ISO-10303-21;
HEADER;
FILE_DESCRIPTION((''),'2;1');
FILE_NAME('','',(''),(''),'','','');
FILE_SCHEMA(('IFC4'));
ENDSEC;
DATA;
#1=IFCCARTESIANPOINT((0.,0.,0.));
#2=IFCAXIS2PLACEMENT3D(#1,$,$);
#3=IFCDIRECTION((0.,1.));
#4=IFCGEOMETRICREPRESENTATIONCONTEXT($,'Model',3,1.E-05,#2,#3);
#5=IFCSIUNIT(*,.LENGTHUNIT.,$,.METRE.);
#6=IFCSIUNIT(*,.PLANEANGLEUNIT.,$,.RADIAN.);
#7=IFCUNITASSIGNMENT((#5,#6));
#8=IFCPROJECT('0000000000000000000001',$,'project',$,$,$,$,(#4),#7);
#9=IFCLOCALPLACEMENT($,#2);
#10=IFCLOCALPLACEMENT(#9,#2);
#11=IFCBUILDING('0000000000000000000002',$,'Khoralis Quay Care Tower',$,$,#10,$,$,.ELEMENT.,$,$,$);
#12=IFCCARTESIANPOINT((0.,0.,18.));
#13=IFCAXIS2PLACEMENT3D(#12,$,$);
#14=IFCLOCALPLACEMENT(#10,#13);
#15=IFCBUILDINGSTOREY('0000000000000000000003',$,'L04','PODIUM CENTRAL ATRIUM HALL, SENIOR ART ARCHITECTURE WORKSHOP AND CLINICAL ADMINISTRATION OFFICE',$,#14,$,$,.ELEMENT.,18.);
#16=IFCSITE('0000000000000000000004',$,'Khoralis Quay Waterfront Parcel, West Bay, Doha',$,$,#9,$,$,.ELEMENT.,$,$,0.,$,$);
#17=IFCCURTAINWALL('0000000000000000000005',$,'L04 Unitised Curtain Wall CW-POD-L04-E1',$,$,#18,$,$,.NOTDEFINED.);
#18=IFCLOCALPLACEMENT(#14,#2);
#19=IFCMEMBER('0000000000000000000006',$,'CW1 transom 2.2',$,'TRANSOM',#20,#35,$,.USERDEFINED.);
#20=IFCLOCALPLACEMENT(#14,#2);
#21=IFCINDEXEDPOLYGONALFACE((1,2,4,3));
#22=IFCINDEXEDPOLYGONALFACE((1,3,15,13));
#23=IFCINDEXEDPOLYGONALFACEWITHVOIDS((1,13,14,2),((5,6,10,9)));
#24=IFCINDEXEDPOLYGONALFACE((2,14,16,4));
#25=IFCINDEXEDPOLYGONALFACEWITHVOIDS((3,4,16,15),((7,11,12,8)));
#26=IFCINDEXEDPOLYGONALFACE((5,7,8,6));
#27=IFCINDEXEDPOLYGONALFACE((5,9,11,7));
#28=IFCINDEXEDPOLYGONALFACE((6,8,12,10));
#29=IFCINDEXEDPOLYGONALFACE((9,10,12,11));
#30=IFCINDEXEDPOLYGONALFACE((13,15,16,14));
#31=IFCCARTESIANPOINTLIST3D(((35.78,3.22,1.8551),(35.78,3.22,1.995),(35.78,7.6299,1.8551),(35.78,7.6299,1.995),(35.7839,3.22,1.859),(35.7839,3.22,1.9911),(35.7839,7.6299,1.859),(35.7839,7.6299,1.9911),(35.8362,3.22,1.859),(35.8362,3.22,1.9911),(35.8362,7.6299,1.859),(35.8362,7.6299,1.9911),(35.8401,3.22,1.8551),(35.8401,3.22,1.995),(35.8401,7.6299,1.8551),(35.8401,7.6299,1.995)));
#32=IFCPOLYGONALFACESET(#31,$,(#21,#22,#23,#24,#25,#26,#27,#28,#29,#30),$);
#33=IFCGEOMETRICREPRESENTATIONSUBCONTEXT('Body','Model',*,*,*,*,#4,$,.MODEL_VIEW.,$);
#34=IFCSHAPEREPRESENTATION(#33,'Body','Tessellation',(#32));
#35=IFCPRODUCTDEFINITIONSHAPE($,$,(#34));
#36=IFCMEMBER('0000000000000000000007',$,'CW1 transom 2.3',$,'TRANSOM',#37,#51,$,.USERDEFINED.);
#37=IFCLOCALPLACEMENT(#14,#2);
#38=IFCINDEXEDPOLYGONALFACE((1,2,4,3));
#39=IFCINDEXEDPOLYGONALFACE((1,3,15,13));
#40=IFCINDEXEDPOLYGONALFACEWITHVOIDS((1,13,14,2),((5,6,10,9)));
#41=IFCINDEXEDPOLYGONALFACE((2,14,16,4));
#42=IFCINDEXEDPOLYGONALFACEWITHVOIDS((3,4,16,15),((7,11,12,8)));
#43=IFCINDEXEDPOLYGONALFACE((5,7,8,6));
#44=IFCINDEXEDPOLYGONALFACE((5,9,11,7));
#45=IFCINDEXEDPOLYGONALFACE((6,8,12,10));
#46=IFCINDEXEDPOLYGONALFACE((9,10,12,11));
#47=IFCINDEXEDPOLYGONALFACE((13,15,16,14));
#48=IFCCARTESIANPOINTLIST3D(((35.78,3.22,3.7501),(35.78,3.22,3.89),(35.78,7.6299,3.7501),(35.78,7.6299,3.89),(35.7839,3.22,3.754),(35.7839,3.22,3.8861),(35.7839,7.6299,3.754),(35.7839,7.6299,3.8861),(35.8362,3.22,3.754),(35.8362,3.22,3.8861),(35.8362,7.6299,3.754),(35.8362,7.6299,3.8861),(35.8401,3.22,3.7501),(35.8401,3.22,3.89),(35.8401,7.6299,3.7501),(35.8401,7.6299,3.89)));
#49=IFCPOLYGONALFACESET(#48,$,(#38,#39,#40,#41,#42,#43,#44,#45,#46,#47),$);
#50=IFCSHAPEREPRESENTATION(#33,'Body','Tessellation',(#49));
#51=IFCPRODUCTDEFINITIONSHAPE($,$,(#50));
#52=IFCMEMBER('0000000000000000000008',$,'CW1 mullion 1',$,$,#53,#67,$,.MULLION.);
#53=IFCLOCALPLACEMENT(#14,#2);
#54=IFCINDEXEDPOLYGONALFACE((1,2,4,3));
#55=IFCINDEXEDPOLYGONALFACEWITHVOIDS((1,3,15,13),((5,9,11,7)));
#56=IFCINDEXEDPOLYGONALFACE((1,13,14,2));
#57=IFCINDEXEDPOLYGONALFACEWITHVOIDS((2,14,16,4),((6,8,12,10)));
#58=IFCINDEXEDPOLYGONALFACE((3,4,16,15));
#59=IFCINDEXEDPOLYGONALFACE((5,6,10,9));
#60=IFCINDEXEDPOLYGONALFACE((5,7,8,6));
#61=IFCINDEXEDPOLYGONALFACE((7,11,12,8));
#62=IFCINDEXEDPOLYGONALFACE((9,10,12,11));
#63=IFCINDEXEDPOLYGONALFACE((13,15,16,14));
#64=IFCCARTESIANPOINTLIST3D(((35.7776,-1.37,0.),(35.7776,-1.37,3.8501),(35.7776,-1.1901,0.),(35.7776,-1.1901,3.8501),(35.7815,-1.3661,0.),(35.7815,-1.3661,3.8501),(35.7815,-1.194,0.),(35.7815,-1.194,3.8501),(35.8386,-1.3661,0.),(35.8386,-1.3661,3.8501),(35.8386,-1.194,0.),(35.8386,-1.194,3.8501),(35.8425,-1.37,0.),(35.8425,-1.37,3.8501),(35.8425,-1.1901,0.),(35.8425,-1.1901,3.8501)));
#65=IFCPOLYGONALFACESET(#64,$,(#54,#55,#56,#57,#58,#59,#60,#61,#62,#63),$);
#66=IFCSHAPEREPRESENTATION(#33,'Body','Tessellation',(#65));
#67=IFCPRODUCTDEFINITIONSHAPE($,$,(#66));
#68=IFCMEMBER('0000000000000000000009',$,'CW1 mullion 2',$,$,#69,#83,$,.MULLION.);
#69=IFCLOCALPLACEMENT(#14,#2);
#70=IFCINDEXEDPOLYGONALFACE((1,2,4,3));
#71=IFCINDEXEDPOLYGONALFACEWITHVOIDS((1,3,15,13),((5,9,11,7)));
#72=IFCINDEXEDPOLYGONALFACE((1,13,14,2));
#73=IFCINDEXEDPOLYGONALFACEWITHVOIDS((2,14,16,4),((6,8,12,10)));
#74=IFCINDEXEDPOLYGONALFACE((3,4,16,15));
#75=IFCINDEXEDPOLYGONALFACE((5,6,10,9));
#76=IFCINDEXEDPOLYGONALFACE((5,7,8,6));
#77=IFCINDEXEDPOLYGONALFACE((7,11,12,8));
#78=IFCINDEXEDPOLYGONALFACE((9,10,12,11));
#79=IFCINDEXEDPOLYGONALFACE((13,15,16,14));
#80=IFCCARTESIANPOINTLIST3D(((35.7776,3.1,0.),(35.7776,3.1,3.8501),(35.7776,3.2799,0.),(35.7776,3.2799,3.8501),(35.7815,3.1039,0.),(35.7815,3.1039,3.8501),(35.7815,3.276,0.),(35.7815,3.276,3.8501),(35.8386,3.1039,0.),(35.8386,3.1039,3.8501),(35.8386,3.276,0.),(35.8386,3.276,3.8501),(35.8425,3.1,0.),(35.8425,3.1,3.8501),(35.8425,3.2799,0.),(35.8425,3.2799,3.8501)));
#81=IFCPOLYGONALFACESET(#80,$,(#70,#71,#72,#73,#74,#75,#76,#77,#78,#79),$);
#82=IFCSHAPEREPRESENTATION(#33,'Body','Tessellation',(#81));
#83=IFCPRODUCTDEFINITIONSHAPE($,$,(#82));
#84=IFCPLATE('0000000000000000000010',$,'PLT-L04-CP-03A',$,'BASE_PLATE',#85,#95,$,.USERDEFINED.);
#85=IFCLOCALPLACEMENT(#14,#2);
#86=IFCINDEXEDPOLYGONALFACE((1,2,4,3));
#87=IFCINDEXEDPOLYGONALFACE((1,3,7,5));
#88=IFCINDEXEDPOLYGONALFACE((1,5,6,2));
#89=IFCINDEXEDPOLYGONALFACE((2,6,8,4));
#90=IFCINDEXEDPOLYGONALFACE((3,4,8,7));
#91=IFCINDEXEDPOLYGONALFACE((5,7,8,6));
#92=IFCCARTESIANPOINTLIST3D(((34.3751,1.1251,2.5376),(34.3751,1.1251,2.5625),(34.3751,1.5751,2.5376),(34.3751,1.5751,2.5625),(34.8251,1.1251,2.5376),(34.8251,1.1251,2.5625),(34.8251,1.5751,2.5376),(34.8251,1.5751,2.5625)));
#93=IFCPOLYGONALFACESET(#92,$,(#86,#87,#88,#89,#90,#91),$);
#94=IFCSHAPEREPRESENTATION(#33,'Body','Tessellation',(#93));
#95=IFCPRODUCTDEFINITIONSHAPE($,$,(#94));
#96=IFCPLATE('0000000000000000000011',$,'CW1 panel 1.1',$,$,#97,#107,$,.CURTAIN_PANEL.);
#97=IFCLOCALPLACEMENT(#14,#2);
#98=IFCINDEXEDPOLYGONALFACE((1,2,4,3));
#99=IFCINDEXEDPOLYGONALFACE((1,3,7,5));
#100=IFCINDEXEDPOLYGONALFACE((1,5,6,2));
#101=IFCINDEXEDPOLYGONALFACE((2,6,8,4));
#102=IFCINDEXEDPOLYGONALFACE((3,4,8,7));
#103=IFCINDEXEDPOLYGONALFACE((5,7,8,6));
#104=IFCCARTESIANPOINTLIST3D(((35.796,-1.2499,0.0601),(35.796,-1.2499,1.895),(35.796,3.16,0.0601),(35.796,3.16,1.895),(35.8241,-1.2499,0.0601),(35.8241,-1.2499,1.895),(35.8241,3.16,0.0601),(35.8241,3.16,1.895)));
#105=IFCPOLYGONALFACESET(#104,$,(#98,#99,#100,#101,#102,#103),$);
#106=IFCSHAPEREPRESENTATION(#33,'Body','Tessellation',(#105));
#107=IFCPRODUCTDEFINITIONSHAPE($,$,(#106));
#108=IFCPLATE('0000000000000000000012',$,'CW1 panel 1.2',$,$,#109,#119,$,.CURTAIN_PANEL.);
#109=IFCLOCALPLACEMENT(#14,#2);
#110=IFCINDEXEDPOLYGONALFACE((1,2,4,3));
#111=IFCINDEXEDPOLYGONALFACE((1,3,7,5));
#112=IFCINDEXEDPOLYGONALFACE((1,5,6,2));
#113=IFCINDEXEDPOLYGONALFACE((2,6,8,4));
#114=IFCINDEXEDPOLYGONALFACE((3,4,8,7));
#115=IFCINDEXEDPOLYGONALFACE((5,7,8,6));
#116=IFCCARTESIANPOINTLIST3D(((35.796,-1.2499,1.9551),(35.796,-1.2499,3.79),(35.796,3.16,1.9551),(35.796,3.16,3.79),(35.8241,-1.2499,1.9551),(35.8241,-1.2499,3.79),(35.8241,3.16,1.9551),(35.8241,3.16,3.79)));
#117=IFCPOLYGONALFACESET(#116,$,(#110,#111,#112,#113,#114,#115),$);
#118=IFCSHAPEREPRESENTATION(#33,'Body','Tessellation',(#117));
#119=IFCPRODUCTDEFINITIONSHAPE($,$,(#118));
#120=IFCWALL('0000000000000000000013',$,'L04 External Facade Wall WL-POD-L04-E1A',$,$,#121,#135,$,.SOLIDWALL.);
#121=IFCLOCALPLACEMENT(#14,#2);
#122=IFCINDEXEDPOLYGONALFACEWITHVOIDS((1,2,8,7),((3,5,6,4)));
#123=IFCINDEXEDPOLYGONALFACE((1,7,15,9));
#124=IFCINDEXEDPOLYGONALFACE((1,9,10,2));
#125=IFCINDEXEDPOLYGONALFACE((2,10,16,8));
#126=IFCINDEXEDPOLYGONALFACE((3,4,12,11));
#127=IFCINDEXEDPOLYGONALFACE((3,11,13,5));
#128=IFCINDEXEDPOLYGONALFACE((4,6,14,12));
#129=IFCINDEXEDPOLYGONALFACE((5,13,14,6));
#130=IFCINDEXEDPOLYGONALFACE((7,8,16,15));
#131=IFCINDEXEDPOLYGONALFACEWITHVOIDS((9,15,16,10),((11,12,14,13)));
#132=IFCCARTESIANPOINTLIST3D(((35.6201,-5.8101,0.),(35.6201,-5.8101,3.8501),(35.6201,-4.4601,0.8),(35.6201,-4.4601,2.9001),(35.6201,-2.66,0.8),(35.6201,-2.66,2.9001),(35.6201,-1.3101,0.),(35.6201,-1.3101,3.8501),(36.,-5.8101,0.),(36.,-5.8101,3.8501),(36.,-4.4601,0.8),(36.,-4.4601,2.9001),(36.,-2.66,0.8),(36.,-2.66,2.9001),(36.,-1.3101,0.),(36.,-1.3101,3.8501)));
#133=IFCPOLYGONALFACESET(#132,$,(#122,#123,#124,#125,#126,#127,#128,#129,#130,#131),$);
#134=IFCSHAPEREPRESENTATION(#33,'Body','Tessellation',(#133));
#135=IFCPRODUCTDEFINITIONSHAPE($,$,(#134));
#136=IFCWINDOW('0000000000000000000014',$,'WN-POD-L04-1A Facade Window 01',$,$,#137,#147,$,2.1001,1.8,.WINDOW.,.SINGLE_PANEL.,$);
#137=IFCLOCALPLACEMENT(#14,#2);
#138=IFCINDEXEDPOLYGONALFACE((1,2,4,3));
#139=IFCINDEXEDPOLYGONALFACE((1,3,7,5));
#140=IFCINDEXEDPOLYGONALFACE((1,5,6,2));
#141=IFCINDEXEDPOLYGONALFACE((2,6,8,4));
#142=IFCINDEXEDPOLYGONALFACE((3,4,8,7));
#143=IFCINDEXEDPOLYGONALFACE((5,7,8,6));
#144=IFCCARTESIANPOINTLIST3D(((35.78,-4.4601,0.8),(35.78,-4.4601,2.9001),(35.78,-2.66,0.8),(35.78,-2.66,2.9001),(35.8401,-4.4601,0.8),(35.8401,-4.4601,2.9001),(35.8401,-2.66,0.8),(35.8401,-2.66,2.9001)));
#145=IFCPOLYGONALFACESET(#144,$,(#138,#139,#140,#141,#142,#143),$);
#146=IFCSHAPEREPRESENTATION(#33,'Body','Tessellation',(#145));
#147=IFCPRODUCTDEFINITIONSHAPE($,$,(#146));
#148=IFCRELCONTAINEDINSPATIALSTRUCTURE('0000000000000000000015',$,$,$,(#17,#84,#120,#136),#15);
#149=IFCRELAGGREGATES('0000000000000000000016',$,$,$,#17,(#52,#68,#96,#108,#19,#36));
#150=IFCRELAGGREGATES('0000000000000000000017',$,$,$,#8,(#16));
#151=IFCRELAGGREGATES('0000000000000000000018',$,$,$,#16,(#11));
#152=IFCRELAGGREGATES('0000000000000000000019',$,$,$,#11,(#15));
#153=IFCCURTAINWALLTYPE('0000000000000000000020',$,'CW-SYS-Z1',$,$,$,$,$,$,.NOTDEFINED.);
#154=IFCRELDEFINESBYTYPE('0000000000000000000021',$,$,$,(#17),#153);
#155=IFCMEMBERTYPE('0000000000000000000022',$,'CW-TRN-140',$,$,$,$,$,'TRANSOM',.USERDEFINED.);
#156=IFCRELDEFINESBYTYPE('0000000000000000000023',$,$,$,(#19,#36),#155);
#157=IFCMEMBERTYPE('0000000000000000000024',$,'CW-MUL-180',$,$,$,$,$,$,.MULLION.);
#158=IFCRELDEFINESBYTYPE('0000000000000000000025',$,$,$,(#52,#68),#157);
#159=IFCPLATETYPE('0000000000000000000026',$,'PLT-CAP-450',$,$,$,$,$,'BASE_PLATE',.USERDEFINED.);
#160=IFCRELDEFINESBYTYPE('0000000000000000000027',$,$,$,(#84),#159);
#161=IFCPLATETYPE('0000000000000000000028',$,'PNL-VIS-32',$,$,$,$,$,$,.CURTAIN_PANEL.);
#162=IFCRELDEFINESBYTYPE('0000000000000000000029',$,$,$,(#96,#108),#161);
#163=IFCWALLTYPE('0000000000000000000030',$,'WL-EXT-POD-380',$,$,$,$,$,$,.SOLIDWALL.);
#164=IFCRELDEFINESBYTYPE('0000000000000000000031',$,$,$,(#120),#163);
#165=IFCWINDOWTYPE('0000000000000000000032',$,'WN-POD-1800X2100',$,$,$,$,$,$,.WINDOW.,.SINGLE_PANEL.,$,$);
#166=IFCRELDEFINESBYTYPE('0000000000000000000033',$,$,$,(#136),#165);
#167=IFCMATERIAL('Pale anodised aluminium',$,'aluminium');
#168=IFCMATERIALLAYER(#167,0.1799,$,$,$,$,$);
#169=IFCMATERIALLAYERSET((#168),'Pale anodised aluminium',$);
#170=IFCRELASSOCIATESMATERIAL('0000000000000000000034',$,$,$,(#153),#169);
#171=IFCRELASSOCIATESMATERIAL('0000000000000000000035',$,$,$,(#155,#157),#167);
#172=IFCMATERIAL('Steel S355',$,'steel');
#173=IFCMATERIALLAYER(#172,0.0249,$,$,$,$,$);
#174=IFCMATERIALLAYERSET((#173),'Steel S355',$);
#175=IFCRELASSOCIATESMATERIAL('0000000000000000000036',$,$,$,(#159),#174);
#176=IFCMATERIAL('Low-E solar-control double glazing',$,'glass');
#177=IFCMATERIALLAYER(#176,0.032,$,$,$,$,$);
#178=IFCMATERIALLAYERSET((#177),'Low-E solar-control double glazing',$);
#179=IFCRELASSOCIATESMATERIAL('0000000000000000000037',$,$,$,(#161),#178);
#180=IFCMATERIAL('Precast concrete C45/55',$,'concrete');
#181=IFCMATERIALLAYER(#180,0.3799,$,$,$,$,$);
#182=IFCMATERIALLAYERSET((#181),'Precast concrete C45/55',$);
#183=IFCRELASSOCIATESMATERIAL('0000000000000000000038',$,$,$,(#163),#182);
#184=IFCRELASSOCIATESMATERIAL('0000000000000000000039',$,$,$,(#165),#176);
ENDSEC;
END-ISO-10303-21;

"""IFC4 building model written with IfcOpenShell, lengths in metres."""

from ifc_helpers import new_model, si_unit, direction, frame, frame_2d, origin, origin_2d, place, context, subcontext, project, spatial, rectangle, hollow_rectangle, extrude, source, transform, mapped, material, layer, layer_set, material_profile, profile_set, type_object, element, fill, aggregate, save


model = new_model("IFC4")

# Units and contexts
model_context = context("Model", 3, precision=1e-05, world=origin(), true_north=direction((0.0, 1.0)))
body_context = subcontext(model_context, "Body", "Model", "MODEL_VIEW")
ifc_project = project(units=[si_unit("LENGTHUNIT", "METRE"), si_unit("PLANEANGLEUNIT", "RADIAN")], contexts=[model_context])

# Site, building, storey
site_placement = place(None, origin())
site = spatial("IfcSite", under=ifc_project, at=site_placement, Name="Khoralis Quay Waterfront Parcel, West Bay, Doha", CompositionType="ELEMENT", RefElevation=0.0)
building_placement = place(site_placement, origin())
building = spatial("IfcBuilding", under=site, at=building_placement, Name="Khoralis Quay Care Tower", CompositionType="ELEMENT")
storey_placement = place(building_placement, frame((0.0, 0.0, 18.0)))
storey = spatial("IfcBuildingStorey", under=building, at=storey_placement, Name="L04", Description="PODIUM CENTRAL ATRIUM HALL, SENIOR ART ARCHITECTURE WORKSHOP AND CLINICAL ADMINISTRATION OFFICE", CompositionType="ELEMENT", Elevation=18.0)

# Curtain wall, members
ifc_material_1 = material(Name="Pale anodised aluminium", Category="aluminium")
ifc_layer_1 = layer(ifc_material_1, 0.1799)
ifc_layer_set_1 = layer_set([ifc_layer_1], Name="Pale anodised aluminium")
curtain_wall_type = type_object("IfcCurtainWallType", Name="CW-SYS-Z1", PredefinedType="NOTDEFINED", material=ifc_layer_set_1)
curtain_wall_placement = place(storey_placement, origin())
curtain_wall = element("IfcCurtainWall", 1, at=curtain_wall_placement, inside=storey, type_object=curtain_wall_type, Name="L04 Unitised Curtain Wall CW-POD-L04-E1", PredefinedType="NOTDEFINED")
ifc_material_profile_1 = material_profile(ifc_material_1, hollow_rectangle(XDim=0.0601, YDim=0.1399, WallThickness=0.0039, at=origin_2d()), Name="Pale anodised aluminium")
ifc_profile_set_1 = profile_set([ifc_material_profile_1], Name="Pale anodised aluminium")
member_type_1 = type_object("IfcMemberType", Name="CW-TRN-140", ElementType="TRANSOM", PredefinedType="USERDEFINED", material=ifc_profile_set_1)
shared_shape_1 = source(origin(), body_context, "Body", "SweptSolid", [
    extrude(hollow_rectangle(XDim=0.0601, YDim=0.1399, WallThickness=0.0039, at=origin_2d()), origin(), (0.0, 0.0, 1.0), 4.4099),
])
member_1_placement = place(storey_placement, frame((35.8101, 3.22, 1.925), z_axis=(0.0, 1.0, 0.0), x_axis=(-1.0, 0.0, 0.0)))
member_1 = element("IfcMember", 2, at=member_1_placement, type_object=member_type_1, Name="CW1 transom 2.2", ObjectType="TRANSOM", PredefinedType="USERDEFINED", context=body_context, shape_type="MappedRepresentation", body=[
    mapped(shared_shape_1, transform((0.0, 0.0, 0.0), scale=1.0)),
])
member_2_placement = place(storey_placement, frame((35.8101, 3.22, 3.8201), z_axis=(0.0, 1.0, 0.0), x_axis=(-1.0, 0.0, 0.0)))
member_2 = element("IfcMember", 3, at=member_2_placement, type_object=member_type_1, Name="CW1 transom 2.3", ObjectType="TRANSOM", PredefinedType="USERDEFINED", context=body_context, shape_type="MappedRepresentation", body=[
    mapped(shared_shape_1, transform((0.0, 0.0, 0.0), scale=1.0)),
])
ifc_material_profile_2 = material_profile(ifc_material_1, hollow_rectangle(XDim=0.0649, YDim=0.1799, WallThickness=0.0039, at=origin_2d()), Name="Pale anodised aluminium")
ifc_profile_set_2 = profile_set([ifc_material_profile_2], Name="Pale anodised aluminium")
member_type_2 = type_object("IfcMemberType", Name="CW-MUL-180", PredefinedType="MULLION", material=ifc_profile_set_2)
shared_shape_2 = source(origin(), body_context, "Body", "SweptSolid", [
    extrude(hollow_rectangle(XDim=0.0649, YDim=0.1799, WallThickness=0.0039, at=origin_2d()), origin(), (0.0, 0.0, 1.0), 3.8501),
])
member_3_placement = place(storey_placement, frame((35.8101, -1.28, 0.0), z_axis=(0.0, 0.0, 1.0), x_axis=(-1.0, 0.0, 0.0)))
member_3 = element("IfcMember", 4, at=member_3_placement, type_object=member_type_2, Name="CW1 mullion 1", PredefinedType="MULLION", context=body_context, shape_type="MappedRepresentation", body=[
    mapped(shared_shape_2, transform((0.0, 0.0, 0.0), scale=1.0)),
])
member_4_placement = place(storey_placement, frame((35.8101, 3.1899, 0.0), z_axis=(0.0, 0.0, 1.0), x_axis=(-1.0, 0.0, 0.0)))
member_4 = element("IfcMember", 5, at=member_4_placement, type_object=member_type_2, Name="CW1 mullion 2", PredefinedType="MULLION", context=body_context, shape_type="MappedRepresentation", body=[
    mapped(shared_shape_2, transform((0.0, 0.0, 0.0), scale=1.0)),
])

# Plates
ifc_material_2 = material(Name="Steel S355", Category="steel")
ifc_layer_2 = layer(ifc_material_2, 0.0249)
ifc_layer_set_2 = layer_set([ifc_layer_2], Name="Steel S355")
plate_type_1 = type_object("IfcPlateType", Name="PLT-CAP-450", ElementType="BASE_PLATE", PredefinedType="USERDEFINED", material=ifc_layer_set_2)
shared_shape_3 = source(origin(), body_context, "Body", "SweptSolid", [
    extrude(rectangle(XDim=0.45, YDim=0.45, at=origin_2d()), origin(), (0.0, 0.0, 1.0), 0.0249),
])
plate_1_placement = place(storey_placement, frame((34.6001, 1.3501, 2.5376), z_axis=(0.0, 0.0, 1.0), x_axis=(1.0, 0.0, 0.0)))
element("IfcPlate", 6, at=plate_1_placement, inside=storey, type_object=plate_type_1, Name="PLT-L04-CP-03A", ObjectType="BASE_PLATE", PredefinedType="USERDEFINED", context=body_context, shape_type="MappedRepresentation", body=[
    mapped(shared_shape_3, transform((0.0, 0.0, 0.0), scale=1.0)),
])
ifc_material_3 = material(Name="Low-E solar-control double glazing", Category="glass")
ifc_layer_3 = layer(ifc_material_3, 0.032)
ifc_layer_set_3 = layer_set([ifc_layer_3], Name="Low-E solar-control double glazing")
plate_type_2 = type_object("IfcPlateType", Name="PNL-VIS-32", PredefinedType="CURTAIN_PANEL", material=ifc_layer_set_3)
shared_shape_4 = source(origin(), body_context, "Body", "SweptSolid", [
    extrude(rectangle(XDim=4.4099, YDim=0.0281, at=origin_2d()), origin(), (0.0, 0.0, 1.0), 1.835),
])
plate_2_placement = place(storey_placement, frame((35.8101, 0.9551, 0.0601), z_axis=(0.0, 0.0, 1.0), x_axis=(0.0, 1.0, 0.0)))
plate_2 = element("IfcPlate", 7, at=plate_2_placement, type_object=plate_type_2, Name="CW1 panel 1.1", PredefinedType="CURTAIN_PANEL", context=body_context, shape_type="MappedRepresentation", body=[
    mapped(shared_shape_4, transform((0.0, 0.0, 0.0), scale=1.0)),
])
plate_3_placement = place(storey_placement, frame((35.8101, 0.9551, 1.9551), z_axis=(0.0, 0.0, 1.0), x_axis=(0.0, 1.0, 0.0)))
plate_3 = element("IfcPlate", 8, at=plate_3_placement, type_object=plate_type_2, Name="CW1 panel 1.2", PredefinedType="CURTAIN_PANEL", context=body_context, shape_type="MappedRepresentation", body=[
    mapped(shared_shape_4, transform((0.0, 0.0, 0.0), scale=1.0)),
])
aggregate(curtain_wall, [member_3, member_4, plate_2, plate_3, member_1, member_2])

# Wall, opening, window
ifc_material_4 = material(Name="Precast concrete C45/55", Category="concrete")
ifc_layer_4 = layer(ifc_material_4, 0.3799)
ifc_layer_set_4 = layer_set([ifc_layer_4], Name="Precast concrete C45/55")
wall_type = type_object("IfcWallType", Name="WL-EXT-POD-380", PredefinedType="SOLIDWALL", material=ifc_layer_set_4)
wall_placement = place(storey_placement, frame((35.8101, -5.8101, 0.0), z_axis=(0.0, 0.0, 1.0), x_axis=(0.0, 1.0, 0.0)))
wall = element("IfcWall", 9, at=wall_placement, inside=storey, type_object=wall_type, Name="L04 External Facade Wall WL-POD-L04-E1A", PredefinedType="SOLIDWALL", context=body_context, shape_type="SweptSolid", body=[
    extrude(rectangle(XDim=4.5, YDim=0.3799, at=frame_2d((2.25, 0.0))), origin(), (0.0, 0.0, 1.0), 3.8501),
])
opening_placement = place(wall_placement, frame((1.3501, 0.0, 0.8)))
opening = element("IfcOpeningElement", 10, at=opening_placement, cuts=wall, PredefinedType="OPENING", context=body_context, shape_type="SweptSolid", body=[
    extrude(rectangle(XDim=1.8, YDim=2.1001, at=frame_2d((0.8999, 1.05))), frame((0.0, 0.2, 0.0), z_axis=(0.0, -1.0, 0.0), x_axis=(1.0, 0.0, 0.0)), (0.0, 0.0, 1.0), 0.3999),
])
window_type = type_object("IfcWindowType", Name="WN-POD-1800X2100", PartitioningType="SINGLE_PANEL", PredefinedType="WINDOW", material=ifc_material_3)
shared_shape_5 = source(origin(), body_context, "Body", "SweptSolid", [
    extrude(rectangle(XDim=1.8, YDim=2.1001, at=frame_2d((0.8999, 1.05))), frame((0.0, 0.03, 0.0), z_axis=(0.0, -1.0, 0.0), x_axis=(1.0, 0.0, 0.0)), (0.0, 0.0, 1.0), 0.0601),
])
window_placement = place(opening_placement, origin())
window = element("IfcWindow", 11, at=window_placement, inside=storey, type_object=window_type, Name="WN-POD-L04-1A Facade Window 01", OverallHeight=2.1001, OverallWidth=1.8, PartitioningType="SINGLE_PANEL", PredefinedType="WINDOW", context=body_context, shape_type="MappedRepresentation", body=[
    mapped(shared_shape_5, transform((0.0, 0.0, 0.0), scale=1.0)),
])
fill(opening, window)

save(model, "model.ifc")
